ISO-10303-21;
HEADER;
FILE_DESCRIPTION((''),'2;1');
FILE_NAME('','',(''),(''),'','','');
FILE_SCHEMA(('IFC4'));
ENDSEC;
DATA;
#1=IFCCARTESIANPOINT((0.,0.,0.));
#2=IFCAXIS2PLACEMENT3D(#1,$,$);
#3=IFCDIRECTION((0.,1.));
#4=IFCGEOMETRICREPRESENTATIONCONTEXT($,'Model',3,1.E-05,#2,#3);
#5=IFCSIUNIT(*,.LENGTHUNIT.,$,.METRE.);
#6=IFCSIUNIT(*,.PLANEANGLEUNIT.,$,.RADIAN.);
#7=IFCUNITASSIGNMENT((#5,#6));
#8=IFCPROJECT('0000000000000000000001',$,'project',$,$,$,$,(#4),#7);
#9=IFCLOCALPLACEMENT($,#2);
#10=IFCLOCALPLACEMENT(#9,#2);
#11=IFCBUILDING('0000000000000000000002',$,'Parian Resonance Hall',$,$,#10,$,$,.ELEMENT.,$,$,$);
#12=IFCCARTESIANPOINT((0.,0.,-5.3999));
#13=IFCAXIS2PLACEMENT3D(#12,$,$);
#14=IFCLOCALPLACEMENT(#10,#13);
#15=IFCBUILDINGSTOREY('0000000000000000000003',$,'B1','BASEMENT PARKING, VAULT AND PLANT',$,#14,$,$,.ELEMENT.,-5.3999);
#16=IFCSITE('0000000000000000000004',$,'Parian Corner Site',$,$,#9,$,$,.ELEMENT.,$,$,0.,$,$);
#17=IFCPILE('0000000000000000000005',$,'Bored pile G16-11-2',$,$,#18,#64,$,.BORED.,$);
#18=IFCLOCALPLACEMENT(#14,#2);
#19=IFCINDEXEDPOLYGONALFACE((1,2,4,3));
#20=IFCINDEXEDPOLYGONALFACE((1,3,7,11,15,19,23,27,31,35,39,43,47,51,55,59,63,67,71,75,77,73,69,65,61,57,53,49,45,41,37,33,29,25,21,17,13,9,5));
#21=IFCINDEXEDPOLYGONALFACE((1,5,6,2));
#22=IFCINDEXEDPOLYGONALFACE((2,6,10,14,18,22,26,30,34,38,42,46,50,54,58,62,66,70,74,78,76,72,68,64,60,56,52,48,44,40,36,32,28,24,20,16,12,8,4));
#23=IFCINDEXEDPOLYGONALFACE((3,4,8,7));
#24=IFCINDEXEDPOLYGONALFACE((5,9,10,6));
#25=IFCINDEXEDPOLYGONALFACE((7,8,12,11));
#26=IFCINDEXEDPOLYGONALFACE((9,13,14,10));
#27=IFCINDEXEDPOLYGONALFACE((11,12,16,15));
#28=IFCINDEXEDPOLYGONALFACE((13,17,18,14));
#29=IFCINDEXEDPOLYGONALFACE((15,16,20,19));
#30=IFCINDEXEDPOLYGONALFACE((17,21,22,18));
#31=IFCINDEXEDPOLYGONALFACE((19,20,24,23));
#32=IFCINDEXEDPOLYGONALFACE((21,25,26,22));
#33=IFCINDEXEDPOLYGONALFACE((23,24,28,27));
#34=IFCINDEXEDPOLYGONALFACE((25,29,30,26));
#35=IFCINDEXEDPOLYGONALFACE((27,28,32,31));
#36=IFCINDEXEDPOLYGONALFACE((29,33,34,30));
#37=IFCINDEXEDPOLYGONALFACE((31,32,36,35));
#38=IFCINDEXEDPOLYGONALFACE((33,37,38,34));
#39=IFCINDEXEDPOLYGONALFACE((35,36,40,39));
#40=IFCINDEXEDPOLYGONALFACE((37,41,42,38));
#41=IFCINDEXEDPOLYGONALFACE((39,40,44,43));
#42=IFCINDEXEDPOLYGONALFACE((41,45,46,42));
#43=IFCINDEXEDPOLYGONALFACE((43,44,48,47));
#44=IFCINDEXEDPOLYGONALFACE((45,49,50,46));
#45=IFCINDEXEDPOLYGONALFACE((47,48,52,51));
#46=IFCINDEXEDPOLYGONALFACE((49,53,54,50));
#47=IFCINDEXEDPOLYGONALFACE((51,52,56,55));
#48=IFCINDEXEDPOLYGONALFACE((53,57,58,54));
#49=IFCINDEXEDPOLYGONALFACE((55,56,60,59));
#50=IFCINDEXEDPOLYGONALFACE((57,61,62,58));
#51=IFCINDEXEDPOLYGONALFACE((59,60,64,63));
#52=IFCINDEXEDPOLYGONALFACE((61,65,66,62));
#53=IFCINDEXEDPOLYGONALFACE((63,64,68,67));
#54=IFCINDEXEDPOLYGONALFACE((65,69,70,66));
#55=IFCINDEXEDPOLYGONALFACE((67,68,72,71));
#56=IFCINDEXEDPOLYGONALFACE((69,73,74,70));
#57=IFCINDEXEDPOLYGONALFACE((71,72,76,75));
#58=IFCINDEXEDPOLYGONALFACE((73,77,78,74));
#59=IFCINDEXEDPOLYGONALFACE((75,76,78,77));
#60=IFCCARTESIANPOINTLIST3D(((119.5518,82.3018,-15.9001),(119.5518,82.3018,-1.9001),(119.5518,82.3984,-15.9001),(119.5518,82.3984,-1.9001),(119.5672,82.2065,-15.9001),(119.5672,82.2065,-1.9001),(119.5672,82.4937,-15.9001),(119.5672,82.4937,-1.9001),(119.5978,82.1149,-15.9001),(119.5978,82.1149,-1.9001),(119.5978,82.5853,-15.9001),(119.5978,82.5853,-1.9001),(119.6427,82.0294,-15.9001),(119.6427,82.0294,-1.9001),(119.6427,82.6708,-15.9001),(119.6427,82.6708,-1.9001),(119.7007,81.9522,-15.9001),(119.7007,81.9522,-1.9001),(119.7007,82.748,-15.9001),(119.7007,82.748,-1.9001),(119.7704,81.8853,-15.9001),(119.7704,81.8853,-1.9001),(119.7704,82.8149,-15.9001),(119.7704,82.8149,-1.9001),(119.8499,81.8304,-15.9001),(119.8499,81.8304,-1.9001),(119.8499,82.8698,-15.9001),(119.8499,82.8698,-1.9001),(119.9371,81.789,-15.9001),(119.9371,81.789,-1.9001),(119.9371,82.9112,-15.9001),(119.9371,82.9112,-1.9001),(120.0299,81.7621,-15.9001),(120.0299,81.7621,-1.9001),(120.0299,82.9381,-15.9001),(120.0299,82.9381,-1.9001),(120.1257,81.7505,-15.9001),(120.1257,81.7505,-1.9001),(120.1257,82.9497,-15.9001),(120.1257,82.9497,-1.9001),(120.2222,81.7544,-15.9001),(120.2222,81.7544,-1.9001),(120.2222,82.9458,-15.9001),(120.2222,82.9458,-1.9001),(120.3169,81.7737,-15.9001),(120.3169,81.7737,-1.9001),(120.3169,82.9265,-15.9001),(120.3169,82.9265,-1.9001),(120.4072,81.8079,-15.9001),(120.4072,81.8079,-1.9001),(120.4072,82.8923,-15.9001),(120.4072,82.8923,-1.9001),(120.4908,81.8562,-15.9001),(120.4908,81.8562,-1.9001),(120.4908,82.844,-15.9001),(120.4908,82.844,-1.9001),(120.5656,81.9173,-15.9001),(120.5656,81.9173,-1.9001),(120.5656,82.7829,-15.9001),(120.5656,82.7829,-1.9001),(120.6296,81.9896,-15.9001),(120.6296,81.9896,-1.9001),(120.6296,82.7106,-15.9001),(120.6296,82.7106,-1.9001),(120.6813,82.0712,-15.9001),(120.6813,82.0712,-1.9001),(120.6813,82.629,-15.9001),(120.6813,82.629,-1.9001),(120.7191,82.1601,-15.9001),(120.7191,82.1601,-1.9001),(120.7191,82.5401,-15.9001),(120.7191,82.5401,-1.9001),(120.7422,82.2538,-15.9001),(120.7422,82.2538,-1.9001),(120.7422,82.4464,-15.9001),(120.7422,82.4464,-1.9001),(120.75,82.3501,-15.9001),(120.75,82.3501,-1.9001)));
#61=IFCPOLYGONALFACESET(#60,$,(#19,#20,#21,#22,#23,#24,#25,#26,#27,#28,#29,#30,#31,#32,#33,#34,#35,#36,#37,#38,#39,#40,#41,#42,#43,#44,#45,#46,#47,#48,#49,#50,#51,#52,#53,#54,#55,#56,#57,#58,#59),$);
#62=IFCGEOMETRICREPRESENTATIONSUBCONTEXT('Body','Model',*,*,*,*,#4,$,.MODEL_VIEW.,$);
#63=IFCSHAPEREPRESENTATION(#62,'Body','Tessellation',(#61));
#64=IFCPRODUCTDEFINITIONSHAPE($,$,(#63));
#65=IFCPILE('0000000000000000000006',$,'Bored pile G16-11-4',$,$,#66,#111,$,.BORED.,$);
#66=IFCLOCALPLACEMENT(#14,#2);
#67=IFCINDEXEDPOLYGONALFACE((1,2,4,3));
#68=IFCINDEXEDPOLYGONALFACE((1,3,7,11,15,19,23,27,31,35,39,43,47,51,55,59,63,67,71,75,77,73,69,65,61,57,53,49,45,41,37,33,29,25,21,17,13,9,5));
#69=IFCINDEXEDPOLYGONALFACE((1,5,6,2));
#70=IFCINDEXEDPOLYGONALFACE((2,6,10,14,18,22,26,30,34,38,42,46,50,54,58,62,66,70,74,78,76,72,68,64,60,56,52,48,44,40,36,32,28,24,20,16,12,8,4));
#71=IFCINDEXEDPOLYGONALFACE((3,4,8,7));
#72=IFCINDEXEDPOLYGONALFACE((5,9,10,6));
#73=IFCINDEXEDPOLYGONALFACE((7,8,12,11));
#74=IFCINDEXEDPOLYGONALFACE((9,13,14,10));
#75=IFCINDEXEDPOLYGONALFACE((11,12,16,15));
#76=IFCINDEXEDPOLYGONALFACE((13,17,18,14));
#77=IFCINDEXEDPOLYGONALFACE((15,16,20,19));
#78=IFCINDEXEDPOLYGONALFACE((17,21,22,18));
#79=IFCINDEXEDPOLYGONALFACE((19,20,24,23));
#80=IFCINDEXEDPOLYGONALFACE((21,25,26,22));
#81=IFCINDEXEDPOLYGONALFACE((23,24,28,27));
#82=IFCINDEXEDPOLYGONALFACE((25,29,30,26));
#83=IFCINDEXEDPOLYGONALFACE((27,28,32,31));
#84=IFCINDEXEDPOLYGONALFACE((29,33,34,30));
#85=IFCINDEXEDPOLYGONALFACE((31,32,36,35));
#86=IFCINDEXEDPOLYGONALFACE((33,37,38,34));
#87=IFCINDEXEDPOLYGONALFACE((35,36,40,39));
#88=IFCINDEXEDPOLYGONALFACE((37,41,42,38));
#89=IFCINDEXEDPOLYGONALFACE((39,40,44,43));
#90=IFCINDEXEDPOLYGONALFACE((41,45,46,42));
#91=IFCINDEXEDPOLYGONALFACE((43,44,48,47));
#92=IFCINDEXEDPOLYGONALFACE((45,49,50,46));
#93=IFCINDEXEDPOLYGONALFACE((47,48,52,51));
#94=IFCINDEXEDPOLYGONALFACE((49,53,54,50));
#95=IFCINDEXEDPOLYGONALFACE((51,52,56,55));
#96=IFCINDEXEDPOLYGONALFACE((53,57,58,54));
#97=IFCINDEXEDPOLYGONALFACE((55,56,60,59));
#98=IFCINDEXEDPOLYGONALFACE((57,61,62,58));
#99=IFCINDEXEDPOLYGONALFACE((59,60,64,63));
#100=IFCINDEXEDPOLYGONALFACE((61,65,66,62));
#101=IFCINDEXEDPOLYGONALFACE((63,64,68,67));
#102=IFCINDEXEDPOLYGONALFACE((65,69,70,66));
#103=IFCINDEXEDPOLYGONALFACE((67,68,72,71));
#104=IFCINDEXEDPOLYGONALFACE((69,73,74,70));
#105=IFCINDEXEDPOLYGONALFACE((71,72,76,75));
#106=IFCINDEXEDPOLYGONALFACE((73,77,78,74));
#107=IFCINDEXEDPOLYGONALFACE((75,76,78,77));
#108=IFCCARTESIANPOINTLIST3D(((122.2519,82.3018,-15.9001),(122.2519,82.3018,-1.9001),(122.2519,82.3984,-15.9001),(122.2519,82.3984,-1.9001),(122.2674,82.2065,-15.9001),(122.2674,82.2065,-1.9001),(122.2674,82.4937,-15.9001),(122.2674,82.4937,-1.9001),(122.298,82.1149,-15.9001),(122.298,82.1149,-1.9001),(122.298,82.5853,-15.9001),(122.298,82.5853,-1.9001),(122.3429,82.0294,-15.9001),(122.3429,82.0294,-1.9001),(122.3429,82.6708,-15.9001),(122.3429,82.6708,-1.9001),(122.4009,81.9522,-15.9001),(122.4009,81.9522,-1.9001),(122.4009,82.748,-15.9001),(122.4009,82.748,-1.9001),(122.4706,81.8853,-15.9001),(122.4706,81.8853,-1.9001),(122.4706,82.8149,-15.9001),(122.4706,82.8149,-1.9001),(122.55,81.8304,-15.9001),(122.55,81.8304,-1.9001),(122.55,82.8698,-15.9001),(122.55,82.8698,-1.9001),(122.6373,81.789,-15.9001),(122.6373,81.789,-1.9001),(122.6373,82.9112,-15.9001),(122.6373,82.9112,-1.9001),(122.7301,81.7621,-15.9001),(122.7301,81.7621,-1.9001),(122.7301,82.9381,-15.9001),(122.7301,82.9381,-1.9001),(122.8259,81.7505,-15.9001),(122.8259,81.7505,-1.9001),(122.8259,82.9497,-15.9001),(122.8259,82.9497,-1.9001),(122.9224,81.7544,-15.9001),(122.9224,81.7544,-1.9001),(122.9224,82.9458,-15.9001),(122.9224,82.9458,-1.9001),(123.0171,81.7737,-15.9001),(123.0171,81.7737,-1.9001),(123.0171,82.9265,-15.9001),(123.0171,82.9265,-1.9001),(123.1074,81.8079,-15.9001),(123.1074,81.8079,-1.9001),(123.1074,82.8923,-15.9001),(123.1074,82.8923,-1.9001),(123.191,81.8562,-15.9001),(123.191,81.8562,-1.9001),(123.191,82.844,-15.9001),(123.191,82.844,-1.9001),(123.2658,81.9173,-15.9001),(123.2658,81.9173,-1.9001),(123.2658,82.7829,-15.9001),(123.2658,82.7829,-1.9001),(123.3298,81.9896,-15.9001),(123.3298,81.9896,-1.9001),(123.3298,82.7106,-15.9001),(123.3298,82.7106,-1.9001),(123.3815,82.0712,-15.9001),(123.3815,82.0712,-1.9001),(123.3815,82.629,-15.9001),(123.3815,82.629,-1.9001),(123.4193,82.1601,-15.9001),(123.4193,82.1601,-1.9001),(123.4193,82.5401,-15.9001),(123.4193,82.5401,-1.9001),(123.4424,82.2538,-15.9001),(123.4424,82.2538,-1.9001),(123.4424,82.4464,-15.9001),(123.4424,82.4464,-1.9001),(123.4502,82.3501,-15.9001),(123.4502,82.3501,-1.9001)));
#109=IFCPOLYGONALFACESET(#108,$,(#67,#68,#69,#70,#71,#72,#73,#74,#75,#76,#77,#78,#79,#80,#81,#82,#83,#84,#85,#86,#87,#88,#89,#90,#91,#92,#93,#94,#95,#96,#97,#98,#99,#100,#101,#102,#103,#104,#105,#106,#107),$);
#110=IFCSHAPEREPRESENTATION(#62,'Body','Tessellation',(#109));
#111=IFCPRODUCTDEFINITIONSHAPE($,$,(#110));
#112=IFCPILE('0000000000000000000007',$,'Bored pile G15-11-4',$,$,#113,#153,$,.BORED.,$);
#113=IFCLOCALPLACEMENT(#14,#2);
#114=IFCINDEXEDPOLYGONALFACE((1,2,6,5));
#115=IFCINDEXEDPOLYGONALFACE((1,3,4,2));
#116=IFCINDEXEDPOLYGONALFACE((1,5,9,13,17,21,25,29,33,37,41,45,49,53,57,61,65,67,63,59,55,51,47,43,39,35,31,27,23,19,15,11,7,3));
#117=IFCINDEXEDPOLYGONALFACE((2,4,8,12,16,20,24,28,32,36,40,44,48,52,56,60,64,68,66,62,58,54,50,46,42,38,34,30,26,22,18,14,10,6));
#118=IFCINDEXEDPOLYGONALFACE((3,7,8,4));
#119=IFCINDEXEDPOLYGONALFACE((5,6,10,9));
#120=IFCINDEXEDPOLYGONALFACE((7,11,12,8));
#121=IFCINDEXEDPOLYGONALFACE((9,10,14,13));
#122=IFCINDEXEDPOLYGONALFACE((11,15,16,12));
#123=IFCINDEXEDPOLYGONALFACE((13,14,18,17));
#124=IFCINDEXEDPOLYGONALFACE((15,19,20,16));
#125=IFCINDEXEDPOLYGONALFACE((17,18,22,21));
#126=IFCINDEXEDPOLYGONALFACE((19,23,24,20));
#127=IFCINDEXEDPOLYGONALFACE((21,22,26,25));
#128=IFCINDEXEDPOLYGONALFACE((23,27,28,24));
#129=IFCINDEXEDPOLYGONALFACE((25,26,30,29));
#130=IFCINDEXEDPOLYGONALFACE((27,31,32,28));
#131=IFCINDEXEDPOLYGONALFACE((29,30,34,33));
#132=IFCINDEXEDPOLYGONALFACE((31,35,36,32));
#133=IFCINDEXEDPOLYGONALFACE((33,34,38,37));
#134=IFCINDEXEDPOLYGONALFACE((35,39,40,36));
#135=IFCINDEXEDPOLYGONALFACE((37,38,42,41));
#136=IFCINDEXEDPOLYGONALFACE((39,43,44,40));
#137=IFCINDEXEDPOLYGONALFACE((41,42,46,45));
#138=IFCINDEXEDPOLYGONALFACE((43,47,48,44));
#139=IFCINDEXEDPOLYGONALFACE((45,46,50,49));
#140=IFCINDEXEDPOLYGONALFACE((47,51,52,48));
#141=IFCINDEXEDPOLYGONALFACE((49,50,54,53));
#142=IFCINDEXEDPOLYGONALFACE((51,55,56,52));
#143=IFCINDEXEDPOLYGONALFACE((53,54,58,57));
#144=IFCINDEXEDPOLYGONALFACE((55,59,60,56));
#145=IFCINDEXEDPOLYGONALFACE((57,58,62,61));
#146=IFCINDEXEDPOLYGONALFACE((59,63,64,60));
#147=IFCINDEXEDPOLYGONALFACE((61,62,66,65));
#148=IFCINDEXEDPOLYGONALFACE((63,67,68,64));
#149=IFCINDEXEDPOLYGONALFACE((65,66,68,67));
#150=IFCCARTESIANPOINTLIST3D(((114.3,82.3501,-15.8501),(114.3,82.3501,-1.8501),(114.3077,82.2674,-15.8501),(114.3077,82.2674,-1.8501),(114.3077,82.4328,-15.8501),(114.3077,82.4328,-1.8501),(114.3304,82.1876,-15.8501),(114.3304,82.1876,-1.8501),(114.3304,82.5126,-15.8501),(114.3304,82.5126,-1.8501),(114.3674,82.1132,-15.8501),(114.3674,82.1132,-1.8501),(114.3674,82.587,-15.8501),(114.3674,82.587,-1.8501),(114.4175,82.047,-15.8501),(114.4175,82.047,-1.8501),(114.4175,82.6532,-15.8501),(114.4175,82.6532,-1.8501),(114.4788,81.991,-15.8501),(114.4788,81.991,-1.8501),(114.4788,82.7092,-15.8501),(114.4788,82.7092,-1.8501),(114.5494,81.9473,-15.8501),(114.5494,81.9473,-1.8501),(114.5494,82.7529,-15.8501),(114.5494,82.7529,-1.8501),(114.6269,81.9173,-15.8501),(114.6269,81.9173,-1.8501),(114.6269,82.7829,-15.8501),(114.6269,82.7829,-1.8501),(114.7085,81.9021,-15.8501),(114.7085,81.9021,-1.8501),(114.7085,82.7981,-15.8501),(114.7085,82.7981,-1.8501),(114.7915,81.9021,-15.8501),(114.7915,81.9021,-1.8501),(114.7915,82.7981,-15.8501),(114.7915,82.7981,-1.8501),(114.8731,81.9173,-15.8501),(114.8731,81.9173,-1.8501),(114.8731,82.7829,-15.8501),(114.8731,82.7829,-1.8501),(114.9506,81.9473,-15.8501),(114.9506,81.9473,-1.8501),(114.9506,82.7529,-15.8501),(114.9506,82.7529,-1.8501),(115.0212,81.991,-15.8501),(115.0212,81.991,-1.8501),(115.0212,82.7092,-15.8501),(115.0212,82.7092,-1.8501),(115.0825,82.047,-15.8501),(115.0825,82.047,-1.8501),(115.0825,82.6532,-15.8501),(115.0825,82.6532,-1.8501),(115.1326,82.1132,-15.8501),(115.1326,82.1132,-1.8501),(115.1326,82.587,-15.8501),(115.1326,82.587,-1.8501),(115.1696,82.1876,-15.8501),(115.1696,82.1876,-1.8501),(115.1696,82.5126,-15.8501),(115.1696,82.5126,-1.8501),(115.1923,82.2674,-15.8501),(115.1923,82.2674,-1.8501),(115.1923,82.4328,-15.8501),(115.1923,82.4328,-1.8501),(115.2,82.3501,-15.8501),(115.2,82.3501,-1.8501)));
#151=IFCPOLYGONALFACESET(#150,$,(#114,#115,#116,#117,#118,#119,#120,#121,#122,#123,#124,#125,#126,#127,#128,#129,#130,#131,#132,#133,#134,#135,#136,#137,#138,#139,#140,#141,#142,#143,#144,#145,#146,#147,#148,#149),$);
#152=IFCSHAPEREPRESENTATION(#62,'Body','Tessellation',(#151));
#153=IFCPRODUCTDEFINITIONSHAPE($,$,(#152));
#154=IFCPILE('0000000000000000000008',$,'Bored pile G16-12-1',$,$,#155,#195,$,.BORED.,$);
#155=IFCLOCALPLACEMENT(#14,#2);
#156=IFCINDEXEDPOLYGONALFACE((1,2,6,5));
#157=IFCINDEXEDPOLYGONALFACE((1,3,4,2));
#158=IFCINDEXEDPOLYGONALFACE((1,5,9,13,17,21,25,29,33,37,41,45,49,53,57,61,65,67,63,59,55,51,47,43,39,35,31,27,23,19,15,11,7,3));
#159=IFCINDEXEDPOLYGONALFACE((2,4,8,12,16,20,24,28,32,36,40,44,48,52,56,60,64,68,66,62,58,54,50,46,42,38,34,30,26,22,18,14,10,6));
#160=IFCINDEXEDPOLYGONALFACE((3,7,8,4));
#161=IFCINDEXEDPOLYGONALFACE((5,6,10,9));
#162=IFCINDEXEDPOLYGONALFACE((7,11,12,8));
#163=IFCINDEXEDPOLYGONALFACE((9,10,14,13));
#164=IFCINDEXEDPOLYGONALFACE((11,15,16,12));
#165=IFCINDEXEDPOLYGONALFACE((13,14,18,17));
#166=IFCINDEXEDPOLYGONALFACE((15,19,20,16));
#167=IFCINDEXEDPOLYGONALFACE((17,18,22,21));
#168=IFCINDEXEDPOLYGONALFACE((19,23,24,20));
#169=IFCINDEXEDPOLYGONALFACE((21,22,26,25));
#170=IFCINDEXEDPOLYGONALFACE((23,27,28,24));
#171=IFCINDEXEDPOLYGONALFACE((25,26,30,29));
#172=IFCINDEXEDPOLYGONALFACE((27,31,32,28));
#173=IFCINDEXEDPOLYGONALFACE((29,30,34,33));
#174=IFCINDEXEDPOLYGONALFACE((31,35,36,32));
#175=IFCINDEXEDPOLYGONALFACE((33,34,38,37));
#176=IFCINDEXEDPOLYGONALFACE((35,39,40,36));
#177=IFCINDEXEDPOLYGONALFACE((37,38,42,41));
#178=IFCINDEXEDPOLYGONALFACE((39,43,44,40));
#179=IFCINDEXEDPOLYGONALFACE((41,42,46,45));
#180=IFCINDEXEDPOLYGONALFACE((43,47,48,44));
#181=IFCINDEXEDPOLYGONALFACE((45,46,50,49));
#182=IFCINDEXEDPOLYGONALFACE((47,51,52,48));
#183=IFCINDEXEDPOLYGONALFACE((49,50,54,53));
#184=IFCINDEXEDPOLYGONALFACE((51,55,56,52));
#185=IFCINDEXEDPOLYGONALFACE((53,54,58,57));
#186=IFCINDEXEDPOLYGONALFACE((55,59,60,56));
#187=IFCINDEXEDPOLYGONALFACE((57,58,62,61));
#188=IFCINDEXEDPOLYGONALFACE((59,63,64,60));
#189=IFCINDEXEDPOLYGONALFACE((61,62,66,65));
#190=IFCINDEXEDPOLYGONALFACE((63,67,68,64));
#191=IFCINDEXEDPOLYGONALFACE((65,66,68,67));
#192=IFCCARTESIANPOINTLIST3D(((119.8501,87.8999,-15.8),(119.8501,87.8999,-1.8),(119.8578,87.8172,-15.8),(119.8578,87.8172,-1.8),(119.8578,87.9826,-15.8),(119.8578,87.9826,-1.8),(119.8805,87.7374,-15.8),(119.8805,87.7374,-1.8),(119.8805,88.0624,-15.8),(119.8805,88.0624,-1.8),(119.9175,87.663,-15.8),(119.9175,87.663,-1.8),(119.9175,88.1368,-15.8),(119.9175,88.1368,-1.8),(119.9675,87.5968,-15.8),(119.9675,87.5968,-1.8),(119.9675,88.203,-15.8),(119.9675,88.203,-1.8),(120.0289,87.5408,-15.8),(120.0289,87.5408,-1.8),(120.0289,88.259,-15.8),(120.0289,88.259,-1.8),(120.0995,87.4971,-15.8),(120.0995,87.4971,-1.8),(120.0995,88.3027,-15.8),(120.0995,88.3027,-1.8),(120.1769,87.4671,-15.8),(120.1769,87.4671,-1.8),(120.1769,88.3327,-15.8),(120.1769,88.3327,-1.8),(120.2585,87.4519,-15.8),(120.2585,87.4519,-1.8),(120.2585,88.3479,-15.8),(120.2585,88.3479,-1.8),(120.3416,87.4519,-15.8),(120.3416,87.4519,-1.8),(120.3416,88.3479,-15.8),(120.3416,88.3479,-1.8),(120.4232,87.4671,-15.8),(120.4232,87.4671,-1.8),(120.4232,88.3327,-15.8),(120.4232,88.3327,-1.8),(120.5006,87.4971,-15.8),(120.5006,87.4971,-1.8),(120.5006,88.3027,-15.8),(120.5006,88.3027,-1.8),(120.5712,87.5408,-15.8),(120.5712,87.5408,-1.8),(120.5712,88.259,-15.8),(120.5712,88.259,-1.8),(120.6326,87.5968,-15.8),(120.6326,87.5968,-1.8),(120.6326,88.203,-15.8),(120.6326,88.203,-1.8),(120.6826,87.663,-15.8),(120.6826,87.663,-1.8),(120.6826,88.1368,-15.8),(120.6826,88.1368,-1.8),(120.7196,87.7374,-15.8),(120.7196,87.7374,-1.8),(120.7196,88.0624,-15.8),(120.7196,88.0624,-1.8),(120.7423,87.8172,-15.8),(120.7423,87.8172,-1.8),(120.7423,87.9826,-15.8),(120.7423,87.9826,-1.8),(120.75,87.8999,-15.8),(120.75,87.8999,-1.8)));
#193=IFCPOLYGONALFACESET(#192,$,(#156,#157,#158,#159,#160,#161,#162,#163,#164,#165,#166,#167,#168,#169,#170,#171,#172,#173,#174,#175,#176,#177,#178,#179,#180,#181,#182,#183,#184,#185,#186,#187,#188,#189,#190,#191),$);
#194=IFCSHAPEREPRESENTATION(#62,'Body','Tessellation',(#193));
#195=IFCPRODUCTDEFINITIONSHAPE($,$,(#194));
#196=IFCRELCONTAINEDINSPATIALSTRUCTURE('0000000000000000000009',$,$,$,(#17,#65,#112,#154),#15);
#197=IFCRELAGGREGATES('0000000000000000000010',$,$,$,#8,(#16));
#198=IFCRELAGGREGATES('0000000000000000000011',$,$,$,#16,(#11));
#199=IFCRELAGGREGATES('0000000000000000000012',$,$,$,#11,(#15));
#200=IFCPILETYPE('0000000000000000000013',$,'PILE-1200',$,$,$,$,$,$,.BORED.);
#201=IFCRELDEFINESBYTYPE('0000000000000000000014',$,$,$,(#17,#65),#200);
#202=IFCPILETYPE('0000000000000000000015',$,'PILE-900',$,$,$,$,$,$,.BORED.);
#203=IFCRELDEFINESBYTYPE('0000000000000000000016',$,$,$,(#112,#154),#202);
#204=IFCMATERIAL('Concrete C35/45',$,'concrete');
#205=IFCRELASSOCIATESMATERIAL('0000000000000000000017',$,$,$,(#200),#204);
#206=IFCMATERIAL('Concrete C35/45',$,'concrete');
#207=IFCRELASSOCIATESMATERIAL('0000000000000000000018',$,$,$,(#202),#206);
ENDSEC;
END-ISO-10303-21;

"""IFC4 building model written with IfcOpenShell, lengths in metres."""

from ifc_helpers import new_model, si_unit, direction, frame, origin, origin_2d, place, context, subcontext, project, spatial, circle, extrude, material, material_profile, profile_set, type_object, element, save


model = new_model("IFC4")

# Units and contexts
model_context = context("Model", 3, precision=1e-05, world=origin(), true_north=direction((0.0, 1.0)))
body_context = subcontext(model_context, "Body", "Model", "MODEL_VIEW")
ifc_project = project(units=[si_unit("LENGTHUNIT", "METRE"), si_unit("PLANEANGLEUNIT", "RADIAN")], contexts=[model_context])

# Site, building, storey
site_placement = place(None, origin())
site = spatial("IfcSite", under=ifc_project, at=site_placement, Name="Parian Corner Site", CompositionType="ELEMENT", RefElevation=0.0)
building_placement = place(site_placement, origin())
building = spatial("IfcBuilding", under=site, at=building_placement, Name="Parian Resonance Hall", CompositionType="ELEMENT")
storey_placement = place(building_placement, frame((0.0, 0.0, -5.3999)))
storey = spatial("IfcBuildingStorey", under=building, at=storey_placement, Name="B1", Description="BASEMENT PARKING, VAULT AND PLANT", CompositionType="ELEMENT", Elevation=-5.3999)

# Piles
ifc_material_1 = material(Name="Concrete C35/45", Category="concrete")
ifc_material_profile_1 = material_profile(ifc_material_1, circle(Radius=0.6001, at=origin_2d()), Name="PILE-D1200")
ifc_profile_set_1 = profile_set([ifc_material_profile_1], Name="Concrete C35/45")
pile_type_1 = type_object("IfcPileType", Name="PILE-1200", PredefinedType="BORED", material=ifc_profile_set_1)
for number, where, z_axis, x_axis, name in (
    (1, (120.1499, 82.3501, -1.9001), (0.0, 0.0, -1.0), (1.0, 0.0, 0.0), "Bored pile G16-11-2"),
    (2, (122.8501, 82.3501, -1.9001), (0.0, 0.0, -1.0), (1.0, 0.0, 0.0), "Bored pile G16-11-4"),
):
    element("IfcPile", number, at=place(storey_placement, frame(where, z_axis=z_axis, x_axis=x_axis)), inside=storey, type_object=pile_type_1, Name=name, PredefinedType="BORED", context=body_context, shape_type="SweptSolid", body=[
        extrude(circle(Radius=0.6001, at=origin_2d()), origin(), (0.0, 0.0, 1.0), 14.0),
    ])
ifc_material_2 = material(Name="Concrete C35/45", Category="concrete")
ifc_material_profile_2 = material_profile(ifc_material_2, circle(Radius=0.45, at=origin_2d()), Name="PILE-D900")
ifc_profile_set_2 = profile_set([ifc_material_profile_2], Name="Concrete C35/45")
pile_type_2 = type_object("IfcPileType", Name="PILE-900", PredefinedType="BORED", material=ifc_profile_set_2)
for number, where, z_axis, x_axis, name in (
    (3, (114.75, 82.3501, -1.8501), (0.0, 0.0, -1.0), (1.0, 0.0, 0.0), "Bored pile G15-11-4"),
    (4, (120.3, 87.8999, -1.8), (0.0, 0.0, -1.0), (1.0, 0.0, 0.0), "Bored pile G16-12-1"),
):
    element("IfcPile", number, at=place(storey_placement, frame(where, z_axis=z_axis, x_axis=x_axis)), inside=storey, type_object=pile_type_2, Name=name, PredefinedType="BORED", context=body_context, shape_type="SweptSolid", body=[
        extrude(circle(Radius=0.45, at=origin_2d()), origin(), (0.0, 0.0, 1.0), 14.0),
    ])

save(model, "model.ifc")
